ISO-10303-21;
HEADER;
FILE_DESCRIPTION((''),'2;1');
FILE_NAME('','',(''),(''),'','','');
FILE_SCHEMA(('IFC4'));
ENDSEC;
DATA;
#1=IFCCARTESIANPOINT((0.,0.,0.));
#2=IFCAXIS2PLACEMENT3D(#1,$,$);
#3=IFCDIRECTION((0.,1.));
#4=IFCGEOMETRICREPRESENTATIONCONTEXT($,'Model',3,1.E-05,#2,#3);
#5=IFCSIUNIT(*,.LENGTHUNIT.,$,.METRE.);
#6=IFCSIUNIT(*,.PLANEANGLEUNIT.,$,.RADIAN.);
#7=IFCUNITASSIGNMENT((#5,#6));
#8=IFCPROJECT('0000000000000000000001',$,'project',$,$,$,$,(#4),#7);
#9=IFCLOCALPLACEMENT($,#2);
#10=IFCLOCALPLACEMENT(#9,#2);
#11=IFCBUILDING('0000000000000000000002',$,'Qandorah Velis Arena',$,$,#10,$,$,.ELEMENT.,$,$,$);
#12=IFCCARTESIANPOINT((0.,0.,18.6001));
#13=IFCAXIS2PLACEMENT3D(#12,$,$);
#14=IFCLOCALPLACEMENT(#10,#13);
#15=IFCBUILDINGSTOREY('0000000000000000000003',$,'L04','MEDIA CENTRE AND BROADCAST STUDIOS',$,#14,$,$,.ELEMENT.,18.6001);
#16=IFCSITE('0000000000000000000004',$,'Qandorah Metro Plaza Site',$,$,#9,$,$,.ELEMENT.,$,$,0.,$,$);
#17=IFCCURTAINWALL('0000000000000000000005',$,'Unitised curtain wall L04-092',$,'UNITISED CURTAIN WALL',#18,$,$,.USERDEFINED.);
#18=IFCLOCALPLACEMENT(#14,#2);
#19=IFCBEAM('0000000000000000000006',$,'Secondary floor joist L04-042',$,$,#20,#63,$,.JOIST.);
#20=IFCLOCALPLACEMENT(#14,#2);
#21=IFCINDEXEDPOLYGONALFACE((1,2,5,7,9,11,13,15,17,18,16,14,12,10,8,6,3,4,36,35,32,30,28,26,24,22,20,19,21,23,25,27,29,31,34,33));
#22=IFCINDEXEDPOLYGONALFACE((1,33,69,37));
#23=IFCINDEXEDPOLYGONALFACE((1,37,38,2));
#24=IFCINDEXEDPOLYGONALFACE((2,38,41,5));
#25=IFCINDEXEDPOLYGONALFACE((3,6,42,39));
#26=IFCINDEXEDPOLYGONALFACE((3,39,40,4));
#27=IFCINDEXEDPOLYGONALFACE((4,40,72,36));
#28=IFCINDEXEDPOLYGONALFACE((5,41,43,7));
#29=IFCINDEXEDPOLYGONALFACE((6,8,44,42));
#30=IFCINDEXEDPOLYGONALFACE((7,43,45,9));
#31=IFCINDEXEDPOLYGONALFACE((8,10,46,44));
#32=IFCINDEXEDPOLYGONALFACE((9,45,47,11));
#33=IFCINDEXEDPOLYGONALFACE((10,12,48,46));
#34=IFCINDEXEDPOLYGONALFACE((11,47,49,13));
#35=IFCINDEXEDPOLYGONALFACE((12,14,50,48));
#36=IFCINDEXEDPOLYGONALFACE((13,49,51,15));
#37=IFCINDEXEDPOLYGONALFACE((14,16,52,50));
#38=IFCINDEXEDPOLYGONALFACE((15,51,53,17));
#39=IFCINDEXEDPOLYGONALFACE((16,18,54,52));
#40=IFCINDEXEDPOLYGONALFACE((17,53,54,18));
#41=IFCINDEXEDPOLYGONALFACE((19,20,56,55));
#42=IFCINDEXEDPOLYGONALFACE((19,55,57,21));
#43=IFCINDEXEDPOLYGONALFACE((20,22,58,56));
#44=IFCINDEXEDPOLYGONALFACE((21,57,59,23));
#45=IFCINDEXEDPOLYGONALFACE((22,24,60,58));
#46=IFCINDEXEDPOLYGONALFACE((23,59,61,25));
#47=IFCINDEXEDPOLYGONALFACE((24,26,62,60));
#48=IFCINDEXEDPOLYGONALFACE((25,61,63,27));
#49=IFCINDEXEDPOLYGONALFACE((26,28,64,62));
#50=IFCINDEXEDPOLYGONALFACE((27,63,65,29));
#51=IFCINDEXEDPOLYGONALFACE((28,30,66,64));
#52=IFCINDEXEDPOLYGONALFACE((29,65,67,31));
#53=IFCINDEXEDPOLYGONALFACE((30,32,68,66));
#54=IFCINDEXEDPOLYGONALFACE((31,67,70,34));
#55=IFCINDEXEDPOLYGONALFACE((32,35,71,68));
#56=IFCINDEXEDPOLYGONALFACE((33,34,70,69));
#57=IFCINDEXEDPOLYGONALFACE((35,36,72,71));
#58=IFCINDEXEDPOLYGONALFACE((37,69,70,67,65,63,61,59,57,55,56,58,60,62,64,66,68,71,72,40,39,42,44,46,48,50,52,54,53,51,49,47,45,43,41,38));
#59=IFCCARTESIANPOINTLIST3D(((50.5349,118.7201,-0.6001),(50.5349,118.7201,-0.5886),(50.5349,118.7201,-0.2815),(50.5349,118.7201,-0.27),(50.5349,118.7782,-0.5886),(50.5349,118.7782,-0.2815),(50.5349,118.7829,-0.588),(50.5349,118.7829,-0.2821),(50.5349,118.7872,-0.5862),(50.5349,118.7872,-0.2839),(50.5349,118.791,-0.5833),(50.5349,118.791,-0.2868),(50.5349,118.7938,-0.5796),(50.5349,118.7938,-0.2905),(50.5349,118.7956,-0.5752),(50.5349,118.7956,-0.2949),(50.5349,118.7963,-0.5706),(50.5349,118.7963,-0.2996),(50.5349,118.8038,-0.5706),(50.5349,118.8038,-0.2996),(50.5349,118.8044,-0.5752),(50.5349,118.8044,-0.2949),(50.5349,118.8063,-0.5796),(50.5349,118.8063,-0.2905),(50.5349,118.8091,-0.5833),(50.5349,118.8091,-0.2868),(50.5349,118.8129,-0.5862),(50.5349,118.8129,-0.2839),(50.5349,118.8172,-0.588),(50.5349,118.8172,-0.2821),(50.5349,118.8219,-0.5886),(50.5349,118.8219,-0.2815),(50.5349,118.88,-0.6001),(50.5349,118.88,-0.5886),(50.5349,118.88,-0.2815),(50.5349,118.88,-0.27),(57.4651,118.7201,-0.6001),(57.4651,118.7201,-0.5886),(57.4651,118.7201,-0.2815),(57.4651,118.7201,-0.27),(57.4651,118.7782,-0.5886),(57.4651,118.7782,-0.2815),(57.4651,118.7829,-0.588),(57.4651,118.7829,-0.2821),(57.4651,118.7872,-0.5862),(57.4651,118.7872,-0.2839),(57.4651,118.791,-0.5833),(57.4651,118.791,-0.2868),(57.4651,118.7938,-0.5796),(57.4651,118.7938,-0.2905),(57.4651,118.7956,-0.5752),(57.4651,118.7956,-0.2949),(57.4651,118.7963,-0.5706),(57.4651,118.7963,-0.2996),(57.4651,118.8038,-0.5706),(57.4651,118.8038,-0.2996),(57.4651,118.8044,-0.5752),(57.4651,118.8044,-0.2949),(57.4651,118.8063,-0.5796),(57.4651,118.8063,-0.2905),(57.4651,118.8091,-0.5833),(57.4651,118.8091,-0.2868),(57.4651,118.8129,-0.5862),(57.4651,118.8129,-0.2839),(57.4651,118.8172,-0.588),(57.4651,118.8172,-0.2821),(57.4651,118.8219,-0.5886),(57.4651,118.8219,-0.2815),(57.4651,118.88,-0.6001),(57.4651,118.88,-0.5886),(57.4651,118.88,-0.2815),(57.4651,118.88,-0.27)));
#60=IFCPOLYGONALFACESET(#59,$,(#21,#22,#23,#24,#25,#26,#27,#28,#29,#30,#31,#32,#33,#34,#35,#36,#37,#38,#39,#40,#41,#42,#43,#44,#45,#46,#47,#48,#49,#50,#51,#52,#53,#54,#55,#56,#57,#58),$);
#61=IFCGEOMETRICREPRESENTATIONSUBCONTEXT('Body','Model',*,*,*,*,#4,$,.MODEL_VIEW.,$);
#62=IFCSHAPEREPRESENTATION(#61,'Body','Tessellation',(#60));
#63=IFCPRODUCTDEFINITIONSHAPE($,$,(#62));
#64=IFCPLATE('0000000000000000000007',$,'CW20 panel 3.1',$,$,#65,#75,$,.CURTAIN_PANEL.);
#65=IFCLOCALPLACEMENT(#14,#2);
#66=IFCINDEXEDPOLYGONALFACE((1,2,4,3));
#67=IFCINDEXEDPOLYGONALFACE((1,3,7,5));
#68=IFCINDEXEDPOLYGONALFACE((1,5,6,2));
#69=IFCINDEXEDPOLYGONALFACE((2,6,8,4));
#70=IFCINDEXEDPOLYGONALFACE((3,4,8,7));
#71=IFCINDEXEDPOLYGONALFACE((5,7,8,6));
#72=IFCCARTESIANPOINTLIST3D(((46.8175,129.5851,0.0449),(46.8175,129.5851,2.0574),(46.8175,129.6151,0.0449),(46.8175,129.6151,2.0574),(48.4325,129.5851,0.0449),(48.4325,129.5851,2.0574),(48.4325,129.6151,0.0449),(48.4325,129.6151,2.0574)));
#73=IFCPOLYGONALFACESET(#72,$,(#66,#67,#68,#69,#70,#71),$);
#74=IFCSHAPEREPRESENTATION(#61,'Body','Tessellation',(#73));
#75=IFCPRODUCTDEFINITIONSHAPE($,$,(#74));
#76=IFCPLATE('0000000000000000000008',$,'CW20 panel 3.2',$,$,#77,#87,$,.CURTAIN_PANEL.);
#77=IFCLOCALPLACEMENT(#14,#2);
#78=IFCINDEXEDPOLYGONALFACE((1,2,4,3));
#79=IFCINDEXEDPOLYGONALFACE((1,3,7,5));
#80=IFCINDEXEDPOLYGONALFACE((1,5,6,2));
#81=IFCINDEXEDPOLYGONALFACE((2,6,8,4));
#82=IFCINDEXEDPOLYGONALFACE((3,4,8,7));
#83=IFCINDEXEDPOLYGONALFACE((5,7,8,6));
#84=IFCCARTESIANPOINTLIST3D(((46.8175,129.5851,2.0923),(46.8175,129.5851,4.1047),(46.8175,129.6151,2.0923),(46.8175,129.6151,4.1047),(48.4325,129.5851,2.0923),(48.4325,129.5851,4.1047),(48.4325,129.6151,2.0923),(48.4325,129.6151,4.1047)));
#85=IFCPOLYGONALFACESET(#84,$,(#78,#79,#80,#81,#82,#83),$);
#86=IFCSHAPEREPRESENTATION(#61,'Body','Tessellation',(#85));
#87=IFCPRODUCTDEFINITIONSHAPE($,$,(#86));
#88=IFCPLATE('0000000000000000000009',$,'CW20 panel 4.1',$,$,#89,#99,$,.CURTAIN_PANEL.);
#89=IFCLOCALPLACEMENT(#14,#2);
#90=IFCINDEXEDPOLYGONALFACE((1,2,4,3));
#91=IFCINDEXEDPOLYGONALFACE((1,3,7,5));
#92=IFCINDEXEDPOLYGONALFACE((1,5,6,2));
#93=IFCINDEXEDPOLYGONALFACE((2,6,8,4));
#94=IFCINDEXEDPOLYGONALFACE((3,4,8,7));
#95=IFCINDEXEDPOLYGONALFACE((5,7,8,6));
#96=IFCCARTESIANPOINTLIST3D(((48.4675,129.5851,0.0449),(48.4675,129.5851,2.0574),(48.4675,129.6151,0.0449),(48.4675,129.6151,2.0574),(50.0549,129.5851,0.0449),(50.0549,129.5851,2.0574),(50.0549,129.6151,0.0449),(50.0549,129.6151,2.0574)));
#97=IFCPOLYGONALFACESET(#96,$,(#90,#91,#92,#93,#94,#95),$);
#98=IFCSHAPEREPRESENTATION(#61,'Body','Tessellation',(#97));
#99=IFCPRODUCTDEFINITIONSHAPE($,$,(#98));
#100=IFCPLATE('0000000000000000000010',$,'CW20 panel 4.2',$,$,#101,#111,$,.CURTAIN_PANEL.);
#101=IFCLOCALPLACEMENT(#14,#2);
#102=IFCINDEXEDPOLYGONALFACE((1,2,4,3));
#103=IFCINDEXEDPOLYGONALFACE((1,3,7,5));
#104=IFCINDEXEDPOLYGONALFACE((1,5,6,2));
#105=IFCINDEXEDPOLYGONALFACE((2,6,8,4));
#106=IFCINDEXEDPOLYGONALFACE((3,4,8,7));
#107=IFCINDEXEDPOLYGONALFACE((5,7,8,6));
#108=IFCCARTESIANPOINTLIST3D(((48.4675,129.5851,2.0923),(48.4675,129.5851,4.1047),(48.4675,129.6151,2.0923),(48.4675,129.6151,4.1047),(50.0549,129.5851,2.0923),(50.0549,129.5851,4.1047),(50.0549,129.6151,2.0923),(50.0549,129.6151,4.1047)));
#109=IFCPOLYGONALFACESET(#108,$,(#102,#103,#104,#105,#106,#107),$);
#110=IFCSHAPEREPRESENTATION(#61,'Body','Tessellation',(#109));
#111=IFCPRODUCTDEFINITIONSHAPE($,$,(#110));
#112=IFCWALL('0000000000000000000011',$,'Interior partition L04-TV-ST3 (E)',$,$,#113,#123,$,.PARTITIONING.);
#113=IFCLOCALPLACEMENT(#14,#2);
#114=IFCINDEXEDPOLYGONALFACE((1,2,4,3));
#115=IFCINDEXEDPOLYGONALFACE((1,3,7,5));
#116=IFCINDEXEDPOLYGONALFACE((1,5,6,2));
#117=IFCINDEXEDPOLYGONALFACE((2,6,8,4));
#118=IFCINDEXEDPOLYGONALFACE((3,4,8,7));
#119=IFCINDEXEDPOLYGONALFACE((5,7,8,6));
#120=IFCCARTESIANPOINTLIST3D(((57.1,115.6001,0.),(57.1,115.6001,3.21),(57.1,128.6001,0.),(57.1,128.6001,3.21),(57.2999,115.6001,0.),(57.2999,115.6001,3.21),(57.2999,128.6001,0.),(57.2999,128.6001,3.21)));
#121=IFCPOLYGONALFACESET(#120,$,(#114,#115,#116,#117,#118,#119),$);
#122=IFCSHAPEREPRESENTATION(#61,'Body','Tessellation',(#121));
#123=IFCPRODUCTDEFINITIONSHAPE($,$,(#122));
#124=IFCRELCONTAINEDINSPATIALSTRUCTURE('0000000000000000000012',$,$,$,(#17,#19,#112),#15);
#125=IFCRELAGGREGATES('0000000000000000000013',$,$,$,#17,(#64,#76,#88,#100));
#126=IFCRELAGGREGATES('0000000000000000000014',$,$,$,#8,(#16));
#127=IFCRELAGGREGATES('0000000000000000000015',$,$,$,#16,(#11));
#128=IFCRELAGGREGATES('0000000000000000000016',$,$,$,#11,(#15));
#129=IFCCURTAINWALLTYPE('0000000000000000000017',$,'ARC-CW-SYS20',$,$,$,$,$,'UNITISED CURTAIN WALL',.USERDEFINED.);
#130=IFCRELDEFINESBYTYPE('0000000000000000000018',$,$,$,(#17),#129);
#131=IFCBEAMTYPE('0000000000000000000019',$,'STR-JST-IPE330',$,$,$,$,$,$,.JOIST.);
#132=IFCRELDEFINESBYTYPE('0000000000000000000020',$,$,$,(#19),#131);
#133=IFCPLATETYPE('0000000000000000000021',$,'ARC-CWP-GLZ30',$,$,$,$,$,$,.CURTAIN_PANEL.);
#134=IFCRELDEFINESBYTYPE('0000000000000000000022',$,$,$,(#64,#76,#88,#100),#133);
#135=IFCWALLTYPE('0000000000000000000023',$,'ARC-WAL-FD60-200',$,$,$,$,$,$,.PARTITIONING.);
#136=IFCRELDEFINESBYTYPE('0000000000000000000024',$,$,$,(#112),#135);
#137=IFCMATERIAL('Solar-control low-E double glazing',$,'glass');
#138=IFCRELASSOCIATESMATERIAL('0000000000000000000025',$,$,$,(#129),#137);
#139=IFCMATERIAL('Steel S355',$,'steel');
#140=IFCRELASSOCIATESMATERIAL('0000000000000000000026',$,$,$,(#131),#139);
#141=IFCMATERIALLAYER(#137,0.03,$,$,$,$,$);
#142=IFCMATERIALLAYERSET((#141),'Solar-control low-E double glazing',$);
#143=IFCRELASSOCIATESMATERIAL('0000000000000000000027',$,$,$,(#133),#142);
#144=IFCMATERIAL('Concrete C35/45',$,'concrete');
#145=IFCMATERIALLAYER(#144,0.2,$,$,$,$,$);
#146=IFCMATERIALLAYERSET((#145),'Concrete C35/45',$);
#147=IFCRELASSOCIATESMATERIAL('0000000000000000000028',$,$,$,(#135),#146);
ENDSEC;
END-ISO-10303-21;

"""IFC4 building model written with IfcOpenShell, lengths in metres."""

from ifc_helpers import new_model, si_unit, direction, frame, frame_2d, origin, origin_2d, place, context, subcontext, project, spatial, rectangle, i_section, extrude, material, layer, layer_set, material_profile, profile_set, type_object, element, aggregate, save


model = new_model("IFC4")

# Units and contexts
model_context = context("Model", 3, precision=1e-05, world=origin(), true_north=direction((0.0, 1.0)))
body_context = subcontext(model_context, "Body", "Model", "MODEL_VIEW")
ifc_project = project(units=[si_unit("LENGTHUNIT", "METRE"), si_unit("PLANEANGLEUNIT", "RADIAN")], contexts=[model_context])

# Site, building, storey
site_placement = place(None, origin())
site = spatial("IfcSite", under=ifc_project, at=site_placement, Name="Qandorah Metro Plaza Site", CompositionType="ELEMENT", RefElevation=0.0)
building_placement = place(site_placement, origin())
building = spatial("IfcBuilding", under=site, at=building_placement, Name="Qandorah Velis Arena", CompositionType="ELEMENT")
storey_placement = place(building_placement, frame((0.0, 0.0, 18.6001)))
storey = spatial("IfcBuildingStorey", under=building, at=storey_placement, Name="L04", Description="MEDIA CENTRE AND BROADCAST STUDIOS", CompositionType="ELEMENT", Elevation=18.6001)

# Shared definitions
ifc_material_1 = material(Name="Steel S355", Category="steel")

# Curtain wall
ifc_material_2 = material(Name="Solar-control low-E double glazing", Category="glass")
curtain_wall_type = type_object("IfcCurtainWallType", Name="ARC-CW-SYS20", ElementType="UNITISED CURTAIN WALL", PredefinedType="USERDEFINED", material=ifc_material_2)
curtain_wall_placement = place(storey_placement, origin())
curtain_wall = element("IfcCurtainWall", 1, at=curtain_wall_placement, inside=storey, type_object=curtain_wall_type, Name="Unitised curtain wall L04-092", ObjectType="UNITISED CURTAIN WALL", PredefinedType="USERDEFINED")

# Beam
ifc_material_profile_1 = material_profile(ifc_material_1, i_section(OverallWidth=0.1599, OverallDepth=0.3301, WebThickness=0.0076, FlangeThickness=0.0115, FilletRadius=0.0181, at=origin_2d()), Name="IPE 330")
ifc_profile_set_1 = profile_set([ifc_material_profile_1], Name="Steel S355")
beam_type_1 = type_object("IfcBeamType", Name="STR-JST-IPE330", PredefinedType="JOIST", material=ifc_profile_set_1)
beam_1_placement = place(storey_placement, frame((50.5349, 118.8, -0.4351), z_axis=(1.0, 0.0, 0.0), x_axis=(0.0, 1.0, 0.0)))
element("IfcBeam", 2, at=beam_1_placement, inside=storey, type_object=beam_type_1, Name="Secondary floor joist L04-042", PredefinedType="JOIST", context=body_context, shape_type="SweptSolid", body=[
    extrude(i_section(OverallWidth=0.1599, OverallDepth=0.3301, WebThickness=0.0076, FlangeThickness=0.0115, FilletRadius=0.0181, at=origin_2d()), origin(), (0.0, 0.0, 1.0), 6.9302),
])

# Plates
ifc_layer_1 = layer(ifc_material_2, 0.03)
ifc_layer_set_1 = layer_set([ifc_layer_1], Name="Solar-control low-E double glazing")
plate_type = type_object("IfcPlateType", Name="ARC-CWP-GLZ30", PredefinedType="CURTAIN_PANEL", material=ifc_layer_set_1)
plate_1_placement = place(storey_placement, frame((47.625, 129.6001, 0.0449), z_axis=(0.0, 0.0, 1.0), x_axis=(1.0, 0.0, 0.0)))
plate_1 = element("IfcPlate", 3, at=plate_1_placement, type_object=plate_type, Name="CW20 panel 3.1", PredefinedType="CURTAIN_PANEL", context=body_context, shape_type="SweptSolid", body=[
    extrude(rectangle(XDim=1.615, YDim=0.03, at=origin_2d()), origin(), (0.0, 0.0, 1.0), 2.0125),
])
plate_2_placement = place(storey_placement, frame((47.625, 129.6001, 2.0923), z_axis=(0.0, 0.0, 1.0), x_axis=(1.0, 0.0, 0.0)))
plate_2 = element("IfcPlate", 4, at=plate_2_placement, type_object=plate_type, Name="CW20 panel 3.2", PredefinedType="CURTAIN_PANEL", context=body_context, shape_type="SweptSolid", body=[
    extrude(rectangle(XDim=1.615, YDim=0.03, at=origin_2d()), origin(), (0.0, 0.0, 1.0), 2.0125),
])
plate_3_placement = place(storey_placement, frame((49.2612, 129.6001, 0.0449), z_axis=(0.0, 0.0, 1.0), x_axis=(1.0, 0.0, 0.0)))
plate_3 = element("IfcPlate", 5, at=plate_3_placement, type_object=plate_type, Name="CW20 panel 4.1", PredefinedType="CURTAIN_PANEL", context=body_context, shape_type="SweptSolid", body=[
    extrude(rectangle(XDim=1.5874, YDim=0.03, at=origin_2d()), origin(), (0.0, 0.0, 1.0), 2.0125),
])
plate_4_placement = place(storey_placement, frame((49.2612, 129.6001, 2.0923), z_axis=(0.0, 0.0, 1.0), x_axis=(1.0, 0.0, 0.0)))
plate_4 = element("IfcPlate", 6, at=plate_4_placement, type_object=plate_type, Name="CW20 panel 4.2", PredefinedType="CURTAIN_PANEL", context=body_context, shape_type="SweptSolid", body=[
    extrude(rectangle(XDim=1.5874, YDim=0.03, at=origin_2d()), origin(), (0.0, 0.0, 1.0), 2.0125),
])
aggregate(curtain_wall, [plate_1, plate_2, plate_3, plate_4])

# Wall
ifc_material_3 = material(Name="Concrete C35/45", Category="concrete")
ifc_layer_2 = layer(ifc_material_3, 0.2)
ifc_layer_set_2 = layer_set([ifc_layer_2], Name="Concrete C35/45")
wall_type = type_object("IfcWallType", Name="ARC-WAL-FD60-200", PredefinedType="PARTITIONING", material=ifc_layer_set_2)
wall_placement = place(storey_placement, frame((57.2, 115.6001, 0.0), z_axis=(0.0, 0.0, 1.0), x_axis=(0.0, 1.0, 0.0)))
element("IfcWall", 7, at=wall_placement, inside=storey, type_object=wall_type, Name="Interior partition L04-TV-ST3 (E)", PredefinedType="PARTITIONING", context=body_context, shape_type="SweptSolid", body=[
    extrude(rectangle(XDim=13.0, YDim=0.2, at=frame_2d((6.5, 0.0))), origin(), (0.0, 0.0, 1.0), 3.21),
])

save(model, "model.ifc")
